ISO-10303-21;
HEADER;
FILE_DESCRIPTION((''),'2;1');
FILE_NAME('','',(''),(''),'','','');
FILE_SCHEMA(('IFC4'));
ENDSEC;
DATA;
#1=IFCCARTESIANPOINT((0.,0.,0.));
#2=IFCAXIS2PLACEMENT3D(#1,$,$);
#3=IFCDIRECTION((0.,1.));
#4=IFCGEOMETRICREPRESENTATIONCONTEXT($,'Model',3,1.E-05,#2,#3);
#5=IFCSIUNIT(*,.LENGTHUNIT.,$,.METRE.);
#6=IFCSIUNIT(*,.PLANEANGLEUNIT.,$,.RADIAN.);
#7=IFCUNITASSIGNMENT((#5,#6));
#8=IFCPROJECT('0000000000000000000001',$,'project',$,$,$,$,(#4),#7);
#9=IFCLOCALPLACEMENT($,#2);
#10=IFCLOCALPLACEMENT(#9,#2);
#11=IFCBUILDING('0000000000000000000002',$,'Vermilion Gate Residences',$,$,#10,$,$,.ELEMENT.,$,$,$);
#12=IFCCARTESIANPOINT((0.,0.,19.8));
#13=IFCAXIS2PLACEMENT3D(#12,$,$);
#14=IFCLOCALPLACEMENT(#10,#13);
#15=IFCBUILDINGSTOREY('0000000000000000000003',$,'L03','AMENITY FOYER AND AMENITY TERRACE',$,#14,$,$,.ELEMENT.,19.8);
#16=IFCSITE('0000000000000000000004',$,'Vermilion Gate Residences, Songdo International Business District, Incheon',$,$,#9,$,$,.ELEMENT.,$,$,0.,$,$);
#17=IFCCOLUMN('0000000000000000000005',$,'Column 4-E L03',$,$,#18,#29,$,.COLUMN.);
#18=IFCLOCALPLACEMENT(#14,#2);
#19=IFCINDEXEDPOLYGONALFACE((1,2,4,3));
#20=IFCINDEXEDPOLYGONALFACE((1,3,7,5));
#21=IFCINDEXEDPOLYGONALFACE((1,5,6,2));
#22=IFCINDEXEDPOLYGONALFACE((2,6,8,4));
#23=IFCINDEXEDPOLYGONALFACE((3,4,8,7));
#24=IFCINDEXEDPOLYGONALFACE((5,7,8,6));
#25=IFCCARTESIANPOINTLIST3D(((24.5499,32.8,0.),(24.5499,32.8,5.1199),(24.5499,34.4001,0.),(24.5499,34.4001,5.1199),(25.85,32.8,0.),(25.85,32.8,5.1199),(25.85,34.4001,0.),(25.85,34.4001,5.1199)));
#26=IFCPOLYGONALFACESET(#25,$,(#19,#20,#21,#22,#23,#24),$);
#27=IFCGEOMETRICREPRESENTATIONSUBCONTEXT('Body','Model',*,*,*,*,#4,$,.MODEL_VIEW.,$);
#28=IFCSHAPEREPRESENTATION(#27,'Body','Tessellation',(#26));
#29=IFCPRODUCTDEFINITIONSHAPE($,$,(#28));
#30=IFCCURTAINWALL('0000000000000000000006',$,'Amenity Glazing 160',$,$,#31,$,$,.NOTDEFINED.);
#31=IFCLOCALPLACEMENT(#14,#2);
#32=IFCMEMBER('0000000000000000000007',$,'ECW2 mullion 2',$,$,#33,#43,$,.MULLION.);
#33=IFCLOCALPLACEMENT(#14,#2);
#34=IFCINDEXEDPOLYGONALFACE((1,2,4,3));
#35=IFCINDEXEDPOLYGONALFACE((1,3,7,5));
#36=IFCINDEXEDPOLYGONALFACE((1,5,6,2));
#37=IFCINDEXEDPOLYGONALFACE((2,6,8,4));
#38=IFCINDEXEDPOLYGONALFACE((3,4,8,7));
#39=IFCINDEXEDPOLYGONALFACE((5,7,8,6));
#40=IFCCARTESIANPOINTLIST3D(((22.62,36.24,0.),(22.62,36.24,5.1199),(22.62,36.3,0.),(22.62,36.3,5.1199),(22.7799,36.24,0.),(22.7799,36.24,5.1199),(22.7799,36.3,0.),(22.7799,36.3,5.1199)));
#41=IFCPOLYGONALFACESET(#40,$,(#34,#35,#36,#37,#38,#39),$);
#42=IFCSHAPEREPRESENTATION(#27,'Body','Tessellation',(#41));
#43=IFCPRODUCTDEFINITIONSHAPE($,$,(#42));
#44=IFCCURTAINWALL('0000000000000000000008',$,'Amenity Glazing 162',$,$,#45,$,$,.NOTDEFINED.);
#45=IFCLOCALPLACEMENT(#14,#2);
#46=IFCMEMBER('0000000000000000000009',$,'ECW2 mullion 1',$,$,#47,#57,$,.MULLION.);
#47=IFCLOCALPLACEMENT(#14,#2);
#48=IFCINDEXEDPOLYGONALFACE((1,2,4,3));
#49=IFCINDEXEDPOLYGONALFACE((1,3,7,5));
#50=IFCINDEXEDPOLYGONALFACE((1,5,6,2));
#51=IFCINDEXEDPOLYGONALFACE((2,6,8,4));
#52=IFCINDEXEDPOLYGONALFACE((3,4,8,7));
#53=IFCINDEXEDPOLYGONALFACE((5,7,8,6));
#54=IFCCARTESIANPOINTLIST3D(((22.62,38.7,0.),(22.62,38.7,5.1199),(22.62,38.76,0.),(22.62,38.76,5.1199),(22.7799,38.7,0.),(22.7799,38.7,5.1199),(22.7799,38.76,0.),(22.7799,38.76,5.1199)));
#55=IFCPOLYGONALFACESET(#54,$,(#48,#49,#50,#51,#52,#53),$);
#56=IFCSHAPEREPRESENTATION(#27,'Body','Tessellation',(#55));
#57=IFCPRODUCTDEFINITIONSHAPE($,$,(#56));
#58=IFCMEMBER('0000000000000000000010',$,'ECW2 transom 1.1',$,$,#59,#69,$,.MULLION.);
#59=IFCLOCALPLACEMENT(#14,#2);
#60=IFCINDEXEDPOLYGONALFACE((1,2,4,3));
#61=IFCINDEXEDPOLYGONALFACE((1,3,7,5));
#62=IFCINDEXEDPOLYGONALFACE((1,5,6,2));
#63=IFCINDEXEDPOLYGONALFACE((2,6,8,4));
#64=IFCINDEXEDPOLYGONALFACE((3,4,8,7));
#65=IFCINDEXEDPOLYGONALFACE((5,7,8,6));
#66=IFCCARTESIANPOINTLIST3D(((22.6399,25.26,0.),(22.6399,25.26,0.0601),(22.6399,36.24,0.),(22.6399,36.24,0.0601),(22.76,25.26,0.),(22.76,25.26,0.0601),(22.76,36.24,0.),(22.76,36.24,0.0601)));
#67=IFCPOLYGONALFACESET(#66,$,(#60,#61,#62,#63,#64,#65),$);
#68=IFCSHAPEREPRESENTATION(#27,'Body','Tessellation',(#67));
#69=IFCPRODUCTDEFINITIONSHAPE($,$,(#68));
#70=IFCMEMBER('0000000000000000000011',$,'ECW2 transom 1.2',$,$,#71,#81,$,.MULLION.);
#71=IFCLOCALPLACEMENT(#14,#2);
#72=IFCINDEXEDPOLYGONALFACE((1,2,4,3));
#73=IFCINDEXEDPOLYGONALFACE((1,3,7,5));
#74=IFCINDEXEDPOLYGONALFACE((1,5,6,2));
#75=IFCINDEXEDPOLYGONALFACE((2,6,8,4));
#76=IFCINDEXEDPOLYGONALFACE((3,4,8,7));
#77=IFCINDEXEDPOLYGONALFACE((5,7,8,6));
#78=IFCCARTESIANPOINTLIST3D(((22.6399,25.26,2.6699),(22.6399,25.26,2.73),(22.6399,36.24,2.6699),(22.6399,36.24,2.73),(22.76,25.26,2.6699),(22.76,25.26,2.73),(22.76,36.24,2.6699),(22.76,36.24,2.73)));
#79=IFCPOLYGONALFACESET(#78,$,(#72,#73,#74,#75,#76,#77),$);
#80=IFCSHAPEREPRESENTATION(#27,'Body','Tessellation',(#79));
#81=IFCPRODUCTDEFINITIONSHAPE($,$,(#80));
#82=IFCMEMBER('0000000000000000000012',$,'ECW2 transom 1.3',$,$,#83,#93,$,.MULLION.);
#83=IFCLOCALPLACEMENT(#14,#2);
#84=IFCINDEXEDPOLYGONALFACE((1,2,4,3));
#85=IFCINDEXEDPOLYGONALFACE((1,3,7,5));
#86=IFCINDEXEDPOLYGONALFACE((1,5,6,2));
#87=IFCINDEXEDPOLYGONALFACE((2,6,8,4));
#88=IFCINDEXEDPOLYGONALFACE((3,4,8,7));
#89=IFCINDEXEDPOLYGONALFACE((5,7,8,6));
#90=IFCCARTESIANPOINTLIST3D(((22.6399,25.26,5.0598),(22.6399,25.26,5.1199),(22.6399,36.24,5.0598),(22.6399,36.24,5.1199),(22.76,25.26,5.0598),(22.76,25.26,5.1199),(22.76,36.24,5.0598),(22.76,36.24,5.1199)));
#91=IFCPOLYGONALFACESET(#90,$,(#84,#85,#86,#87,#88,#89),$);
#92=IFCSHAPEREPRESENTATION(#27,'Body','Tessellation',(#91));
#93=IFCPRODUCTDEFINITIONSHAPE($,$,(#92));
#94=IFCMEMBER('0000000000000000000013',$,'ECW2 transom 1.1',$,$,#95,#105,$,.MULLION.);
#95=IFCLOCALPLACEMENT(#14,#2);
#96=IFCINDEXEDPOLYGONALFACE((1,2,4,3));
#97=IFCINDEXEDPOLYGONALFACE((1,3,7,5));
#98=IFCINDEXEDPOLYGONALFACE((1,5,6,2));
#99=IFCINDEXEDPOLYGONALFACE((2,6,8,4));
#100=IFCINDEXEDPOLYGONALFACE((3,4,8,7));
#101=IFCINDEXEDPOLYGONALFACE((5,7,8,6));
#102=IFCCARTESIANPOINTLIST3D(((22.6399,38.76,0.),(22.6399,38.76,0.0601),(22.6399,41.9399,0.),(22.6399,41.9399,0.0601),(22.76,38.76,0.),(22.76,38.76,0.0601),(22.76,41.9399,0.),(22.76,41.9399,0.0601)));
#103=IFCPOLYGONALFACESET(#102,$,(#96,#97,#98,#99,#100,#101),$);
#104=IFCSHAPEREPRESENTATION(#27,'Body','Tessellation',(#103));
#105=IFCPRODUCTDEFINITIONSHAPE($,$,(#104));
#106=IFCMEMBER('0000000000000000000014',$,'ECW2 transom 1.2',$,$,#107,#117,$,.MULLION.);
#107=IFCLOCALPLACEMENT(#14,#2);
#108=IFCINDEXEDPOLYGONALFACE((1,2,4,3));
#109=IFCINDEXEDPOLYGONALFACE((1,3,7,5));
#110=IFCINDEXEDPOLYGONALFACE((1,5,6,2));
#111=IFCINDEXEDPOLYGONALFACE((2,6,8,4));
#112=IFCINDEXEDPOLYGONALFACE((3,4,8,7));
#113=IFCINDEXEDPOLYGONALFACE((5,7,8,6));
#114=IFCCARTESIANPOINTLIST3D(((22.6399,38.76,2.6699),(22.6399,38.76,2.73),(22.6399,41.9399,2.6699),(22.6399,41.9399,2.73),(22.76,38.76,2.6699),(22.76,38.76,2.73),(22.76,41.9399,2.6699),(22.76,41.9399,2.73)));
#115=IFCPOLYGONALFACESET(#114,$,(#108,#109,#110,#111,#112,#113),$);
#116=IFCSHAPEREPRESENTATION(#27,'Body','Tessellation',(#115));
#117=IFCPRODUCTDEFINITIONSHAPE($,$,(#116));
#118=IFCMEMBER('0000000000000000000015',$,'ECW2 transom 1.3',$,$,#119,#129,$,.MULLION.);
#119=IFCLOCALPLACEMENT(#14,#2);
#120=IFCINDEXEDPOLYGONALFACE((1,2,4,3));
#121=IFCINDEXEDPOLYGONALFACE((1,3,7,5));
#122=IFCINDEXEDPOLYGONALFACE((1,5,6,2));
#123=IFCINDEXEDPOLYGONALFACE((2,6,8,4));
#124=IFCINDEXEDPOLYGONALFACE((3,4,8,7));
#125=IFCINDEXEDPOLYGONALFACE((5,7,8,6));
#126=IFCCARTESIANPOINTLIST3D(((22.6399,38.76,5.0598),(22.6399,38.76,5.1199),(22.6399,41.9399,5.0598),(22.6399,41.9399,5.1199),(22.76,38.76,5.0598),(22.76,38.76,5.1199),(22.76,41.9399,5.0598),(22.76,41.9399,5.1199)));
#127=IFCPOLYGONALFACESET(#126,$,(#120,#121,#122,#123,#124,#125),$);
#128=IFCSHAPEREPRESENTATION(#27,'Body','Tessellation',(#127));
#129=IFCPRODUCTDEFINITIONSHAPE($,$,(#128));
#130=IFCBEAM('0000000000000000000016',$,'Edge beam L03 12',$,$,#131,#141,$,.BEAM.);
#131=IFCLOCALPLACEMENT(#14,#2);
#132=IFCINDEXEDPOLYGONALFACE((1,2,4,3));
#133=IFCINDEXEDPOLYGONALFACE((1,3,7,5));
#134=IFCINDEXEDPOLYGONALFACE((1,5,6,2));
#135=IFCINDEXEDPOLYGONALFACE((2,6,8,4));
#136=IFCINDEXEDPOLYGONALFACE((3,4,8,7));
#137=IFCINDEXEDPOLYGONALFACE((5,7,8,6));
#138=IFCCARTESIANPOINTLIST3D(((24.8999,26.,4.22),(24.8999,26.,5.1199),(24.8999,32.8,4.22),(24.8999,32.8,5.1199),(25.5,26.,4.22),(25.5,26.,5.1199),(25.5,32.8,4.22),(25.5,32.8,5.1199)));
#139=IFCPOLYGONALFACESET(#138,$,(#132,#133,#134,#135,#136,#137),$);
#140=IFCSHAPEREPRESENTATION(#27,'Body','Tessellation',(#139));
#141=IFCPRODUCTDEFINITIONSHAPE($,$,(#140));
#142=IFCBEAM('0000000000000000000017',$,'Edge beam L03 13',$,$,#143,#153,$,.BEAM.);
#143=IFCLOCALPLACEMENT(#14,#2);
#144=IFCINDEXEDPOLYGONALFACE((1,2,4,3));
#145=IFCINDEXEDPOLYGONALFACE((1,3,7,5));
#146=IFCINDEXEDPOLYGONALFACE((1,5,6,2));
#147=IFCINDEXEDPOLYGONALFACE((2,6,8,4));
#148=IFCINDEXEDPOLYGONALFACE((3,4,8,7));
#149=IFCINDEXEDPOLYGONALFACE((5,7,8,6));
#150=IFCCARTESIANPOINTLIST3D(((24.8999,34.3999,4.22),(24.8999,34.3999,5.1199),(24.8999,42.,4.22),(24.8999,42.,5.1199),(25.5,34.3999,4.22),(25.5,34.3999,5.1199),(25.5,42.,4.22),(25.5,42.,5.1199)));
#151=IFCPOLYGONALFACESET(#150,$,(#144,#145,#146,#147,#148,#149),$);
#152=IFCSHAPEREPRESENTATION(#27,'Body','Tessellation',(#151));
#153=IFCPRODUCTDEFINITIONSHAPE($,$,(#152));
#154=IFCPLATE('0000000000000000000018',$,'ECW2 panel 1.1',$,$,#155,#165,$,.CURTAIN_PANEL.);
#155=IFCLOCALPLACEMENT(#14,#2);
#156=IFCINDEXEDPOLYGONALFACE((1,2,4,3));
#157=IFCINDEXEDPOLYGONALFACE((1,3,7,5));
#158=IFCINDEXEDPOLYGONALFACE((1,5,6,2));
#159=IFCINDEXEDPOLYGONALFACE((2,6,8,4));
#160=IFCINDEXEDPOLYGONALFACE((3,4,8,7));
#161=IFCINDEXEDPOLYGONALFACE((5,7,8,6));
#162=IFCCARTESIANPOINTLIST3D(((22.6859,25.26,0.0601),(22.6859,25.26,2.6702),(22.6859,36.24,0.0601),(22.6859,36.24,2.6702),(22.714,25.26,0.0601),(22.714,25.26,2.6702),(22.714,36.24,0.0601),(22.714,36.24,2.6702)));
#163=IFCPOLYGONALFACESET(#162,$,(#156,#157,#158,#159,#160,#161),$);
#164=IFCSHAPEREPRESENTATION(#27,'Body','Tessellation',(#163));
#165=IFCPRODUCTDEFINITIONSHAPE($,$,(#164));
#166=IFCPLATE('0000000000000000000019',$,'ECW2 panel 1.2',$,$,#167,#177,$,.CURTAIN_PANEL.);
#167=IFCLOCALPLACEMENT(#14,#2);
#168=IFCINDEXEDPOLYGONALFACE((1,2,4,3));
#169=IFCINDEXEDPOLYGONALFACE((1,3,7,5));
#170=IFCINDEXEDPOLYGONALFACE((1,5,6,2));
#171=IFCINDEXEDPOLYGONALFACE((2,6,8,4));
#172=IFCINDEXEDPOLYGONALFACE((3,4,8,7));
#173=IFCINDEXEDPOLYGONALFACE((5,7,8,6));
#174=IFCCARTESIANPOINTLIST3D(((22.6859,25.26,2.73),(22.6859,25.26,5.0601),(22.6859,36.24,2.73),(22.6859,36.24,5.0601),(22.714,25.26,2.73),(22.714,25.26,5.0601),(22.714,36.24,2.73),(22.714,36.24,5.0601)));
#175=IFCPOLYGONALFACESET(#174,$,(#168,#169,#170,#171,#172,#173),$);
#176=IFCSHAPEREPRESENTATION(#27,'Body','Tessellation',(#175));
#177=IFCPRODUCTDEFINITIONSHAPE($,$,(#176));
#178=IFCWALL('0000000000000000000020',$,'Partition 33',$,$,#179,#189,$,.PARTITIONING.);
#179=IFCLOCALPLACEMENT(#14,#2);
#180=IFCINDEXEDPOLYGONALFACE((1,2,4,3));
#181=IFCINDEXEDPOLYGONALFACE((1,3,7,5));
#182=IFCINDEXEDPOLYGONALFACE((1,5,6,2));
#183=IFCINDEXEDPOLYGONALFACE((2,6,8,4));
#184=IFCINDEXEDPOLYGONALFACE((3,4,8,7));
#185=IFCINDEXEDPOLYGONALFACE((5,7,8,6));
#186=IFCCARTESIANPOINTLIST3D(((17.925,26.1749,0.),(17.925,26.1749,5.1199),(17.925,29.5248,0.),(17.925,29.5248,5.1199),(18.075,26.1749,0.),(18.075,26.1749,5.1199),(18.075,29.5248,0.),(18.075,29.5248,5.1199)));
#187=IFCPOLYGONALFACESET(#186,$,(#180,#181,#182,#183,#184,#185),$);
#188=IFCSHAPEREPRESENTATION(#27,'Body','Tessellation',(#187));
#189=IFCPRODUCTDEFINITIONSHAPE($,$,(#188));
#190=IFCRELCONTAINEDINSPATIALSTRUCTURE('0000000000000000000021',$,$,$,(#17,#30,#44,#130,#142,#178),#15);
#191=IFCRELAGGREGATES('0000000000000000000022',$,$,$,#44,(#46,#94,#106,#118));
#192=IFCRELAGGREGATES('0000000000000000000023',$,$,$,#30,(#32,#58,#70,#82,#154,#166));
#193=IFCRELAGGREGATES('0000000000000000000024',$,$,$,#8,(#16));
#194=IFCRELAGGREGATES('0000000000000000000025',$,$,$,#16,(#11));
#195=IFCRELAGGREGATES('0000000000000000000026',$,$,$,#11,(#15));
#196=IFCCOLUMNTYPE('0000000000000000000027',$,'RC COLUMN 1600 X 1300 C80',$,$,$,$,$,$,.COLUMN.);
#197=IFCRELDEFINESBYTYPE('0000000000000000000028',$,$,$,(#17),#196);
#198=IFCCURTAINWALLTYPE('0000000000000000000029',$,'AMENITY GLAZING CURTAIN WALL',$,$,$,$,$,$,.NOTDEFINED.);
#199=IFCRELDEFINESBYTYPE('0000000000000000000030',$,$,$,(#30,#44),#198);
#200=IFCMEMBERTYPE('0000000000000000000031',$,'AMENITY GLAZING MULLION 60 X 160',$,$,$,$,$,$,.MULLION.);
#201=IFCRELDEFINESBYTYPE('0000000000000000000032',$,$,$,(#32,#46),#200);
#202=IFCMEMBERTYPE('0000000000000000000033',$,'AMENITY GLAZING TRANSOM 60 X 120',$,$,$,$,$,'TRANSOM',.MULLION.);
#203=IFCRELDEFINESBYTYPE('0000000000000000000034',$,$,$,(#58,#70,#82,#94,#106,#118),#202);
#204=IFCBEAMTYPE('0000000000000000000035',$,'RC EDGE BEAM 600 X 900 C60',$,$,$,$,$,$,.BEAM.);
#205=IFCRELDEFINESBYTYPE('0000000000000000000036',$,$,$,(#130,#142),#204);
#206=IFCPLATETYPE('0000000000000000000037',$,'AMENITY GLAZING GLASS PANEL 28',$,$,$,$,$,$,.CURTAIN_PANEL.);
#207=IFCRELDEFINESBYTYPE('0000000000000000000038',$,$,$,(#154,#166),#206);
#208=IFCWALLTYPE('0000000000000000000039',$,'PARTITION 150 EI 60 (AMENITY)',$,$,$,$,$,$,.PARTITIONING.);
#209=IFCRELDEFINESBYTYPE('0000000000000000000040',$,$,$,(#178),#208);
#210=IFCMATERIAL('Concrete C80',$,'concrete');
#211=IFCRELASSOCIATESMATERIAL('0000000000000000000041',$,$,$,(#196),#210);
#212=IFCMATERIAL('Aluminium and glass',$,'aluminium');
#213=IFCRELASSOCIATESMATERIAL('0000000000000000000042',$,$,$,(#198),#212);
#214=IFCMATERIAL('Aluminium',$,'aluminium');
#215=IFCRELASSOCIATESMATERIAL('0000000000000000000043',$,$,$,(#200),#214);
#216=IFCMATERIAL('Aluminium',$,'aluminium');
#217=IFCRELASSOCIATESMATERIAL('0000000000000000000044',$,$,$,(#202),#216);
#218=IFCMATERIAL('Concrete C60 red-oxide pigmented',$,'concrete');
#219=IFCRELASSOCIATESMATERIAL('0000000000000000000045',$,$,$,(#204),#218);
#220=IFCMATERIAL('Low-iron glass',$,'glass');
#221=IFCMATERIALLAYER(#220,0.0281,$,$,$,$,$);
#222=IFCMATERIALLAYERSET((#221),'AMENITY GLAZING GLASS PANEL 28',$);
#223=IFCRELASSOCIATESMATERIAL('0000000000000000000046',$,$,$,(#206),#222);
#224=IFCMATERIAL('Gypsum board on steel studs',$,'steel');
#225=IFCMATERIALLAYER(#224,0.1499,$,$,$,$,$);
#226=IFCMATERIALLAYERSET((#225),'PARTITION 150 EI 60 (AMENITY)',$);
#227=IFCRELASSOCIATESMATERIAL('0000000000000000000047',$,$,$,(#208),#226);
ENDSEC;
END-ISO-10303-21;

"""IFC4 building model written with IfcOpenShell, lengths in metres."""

from ifc_helpers import new_model, si_unit, direction, frame, frame_2d, origin, origin_2d, place, context, subcontext, project, spatial, rectangle, extrude, material, layer, layer_set, material_profile, profile_set, type_object, element, aggregate, save


model = new_model("IFC4")

# Units and contexts
model_context = context("Model", 3, precision=1e-05, world=origin(), true_north=direction((0.0, 1.0)))
body_context = subcontext(model_context, "Body", "Model", "MODEL_VIEW")
ifc_project = project(units=[si_unit("LENGTHUNIT", "METRE"), si_unit("PLANEANGLEUNIT", "RADIAN")], contexts=[model_context])

# Site, building, storey
site_placement = place(None, origin())
site = spatial("IfcSite", under=ifc_project, at=site_placement, Name="Vermilion Gate Residences, Songdo International Business District, Incheon", CompositionType="ELEMENT", RefElevation=0.0)
building_placement = place(site_placement, origin())
building = spatial("IfcBuilding", under=site, at=building_placement, Name="Vermilion Gate Residences", CompositionType="ELEMENT")
storey_placement = place(building_placement, frame((0.0, 0.0, 19.8)))
storey = spatial("IfcBuildingStorey", under=building, at=storey_placement, Name="L03", Description="AMENITY FOYER AND AMENITY TERRACE", CompositionType="ELEMENT", Elevation=19.8)

# Column
ifc_material_1 = material(Name="Concrete C80", Category="concrete")
ifc_material_profile_1 = material_profile(ifc_material_1, rectangle(XDim=1.6001, YDim=1.3, at=origin_2d()), Name="RC-1600x1300")
ifc_profile_set_1 = profile_set([ifc_material_profile_1], Name="Concrete C80")
column_type = type_object("IfcColumnType", Name="RC COLUMN 1600 X 1300 C80", PredefinedType="COLUMN", material=ifc_profile_set_1)
column_placement = place(storey_placement, frame((25.2, 33.6001, 0.0), z_axis=(0.0, 0.0, 1.0), x_axis=(0.0, 1.0, 0.0)))
element("IfcColumn", 1, at=column_placement, inside=storey, type_object=column_type, Name="Column 4-E L03", PredefinedType="COLUMN", context=body_context, shape_type="SweptSolid", body=[
    extrude(rectangle(XDim=1.6001, YDim=1.3, at=origin_2d()), origin(), (0.0, 0.0, 1.0), 5.1199),
])

# Curtain walls, members
ifc_material_2 = material(Name="Aluminium and glass", Category="aluminium")
curtain_wall_type = type_object("IfcCurtainWallType", Name="AMENITY GLAZING CURTAIN WALL", PredefinedType="NOTDEFINED", material=ifc_material_2)
curtain_wall_1_placement = place(storey_placement, origin())
curtain_wall_1 = element("IfcCurtainWall", 2, at=curtain_wall_1_placement, inside=storey, type_object=curtain_wall_type, Name="Amenity Glazing 160", PredefinedType="NOTDEFINED")
ifc_material_3 = material(Name="Aluminium", Category="aluminium")
ifc_material_profile_2 = material_profile(ifc_material_3, rectangle(XDim=0.1599, YDim=0.0601, at=origin_2d()), Name="MULLION 60 X 160")
ifc_profile_set_2 = profile_set([ifc_material_profile_2], Name="Aluminium")
member_type_1 = type_object("IfcMemberType", Name="AMENITY GLAZING MULLION 60 X 160", PredefinedType="MULLION", material=ifc_profile_set_2)
member_1_placement = place(storey_placement, frame((22.7, 36.27, 0.0), z_axis=(0.0, 0.0, 1.0), x_axis=(-1.0, 0.0, 0.0)))
member_1 = element("IfcMember", 3, at=member_1_placement, type_object=member_type_1, Name="ECW2 mullion 2", PredefinedType="MULLION", context=body_context, shape_type="SweptSolid", body=[
    extrude(rectangle(XDim=0.1599, YDim=0.0601, at=origin_2d()), origin(), (0.0, 0.0, 1.0), 5.1199),
])
curtain_wall_2_placement = place(storey_placement, origin())
curtain_wall_2 = element("IfcCurtainWall", 4, at=curtain_wall_2_placement, inside=storey, type_object=curtain_wall_type, Name="Amenity Glazing 162", PredefinedType="NOTDEFINED")
member_2_placement = place(storey_placement, frame((22.7, 38.73, 0.0), z_axis=(0.0, 0.0, 1.0), x_axis=(-1.0, 0.0, 0.0)))
member_2 = element("IfcMember", 5, at=member_2_placement, type_object=member_type_1, Name="ECW2 mullion 1", PredefinedType="MULLION", context=body_context, shape_type="SweptSolid", body=[
    extrude(rectangle(XDim=0.1599, YDim=0.0601, at=origin_2d()), origin(), (0.0, 0.0, 1.0), 5.1199),
])

# Members
ifc_material_4 = material(Name="Aluminium", Category="aluminium")
ifc_material_profile_3 = material_profile(ifc_material_4, rectangle(XDim=0.1201, YDim=0.0601, at=origin_2d()), Name="TRANSOM 60 X 120")
ifc_profile_set_3 = profile_set([ifc_material_profile_3], Name="Aluminium")
member_type_2 = type_object("IfcMemberType", Name="AMENITY GLAZING TRANSOM 60 X 120", ElementType="TRANSOM", PredefinedType="MULLION", material=ifc_profile_set_3)
member_3_placement = place(storey_placement, frame((22.7, 25.26, 0.03), z_axis=(0.0, 1.0, 0.0), x_axis=(-1.0, 0.0, 0.0)))
member_3 = element("IfcMember", 6, at=member_3_placement, type_object=member_type_2, Name="ECW2 transom 1.1", PredefinedType="MULLION", context=body_context, shape_type="SweptSolid", body=[
    extrude(rectangle(XDim=0.1201, YDim=0.0601, at=origin_2d()), origin(), (0.0, 0.0, 1.0), 10.98),
])
member_4_placement = place(storey_placement, frame((22.7, 25.26, 2.7), z_axis=(0.0, 1.0, 0.0), x_axis=(-1.0, 0.0, 0.0)))
member_4 = element("IfcMember", 7, at=member_4_placement, type_object=member_type_2, Name="ECW2 transom 1.2", PredefinedType="MULLION", context=body_context, shape_type="SweptSolid", body=[
    extrude(rectangle(XDim=0.1201, YDim=0.0601, at=origin_2d()), origin(), (0.0, 0.0, 1.0), 10.98),
])
member_5_placement = place(storey_placement, frame((22.7, 25.26, 5.0898), z_axis=(0.0, 1.0, 0.0), x_axis=(-1.0, 0.0, 0.0)))
member_5 = element("IfcMember", 8, at=member_5_placement, type_object=member_type_2, Name="ECW2 transom 1.3", PredefinedType="MULLION", context=body_context, shape_type="SweptSolid", body=[
    extrude(rectangle(XDim=0.1201, YDim=0.0601, at=origin_2d()), origin(), (0.0, 0.0, 1.0), 10.98),
])
member_6_placement = place(storey_placement, frame((22.7, 38.76, 0.03), z_axis=(0.0, 1.0, 0.0), x_axis=(-1.0, 0.0, 0.0)))
member_6 = element("IfcMember", 9, at=member_6_placement, type_object=member_type_2, Name="ECW2 transom 1.1", PredefinedType="MULLION", context=body_context, shape_type="SweptSolid", body=[
    extrude(rectangle(XDim=0.1201, YDim=0.0601, at=origin_2d()), origin(), (0.0, 0.0, 1.0), 3.1799),
])
member_7_placement = place(storey_placement, frame((22.7, 38.76, 2.7), z_axis=(0.0, 1.0, 0.0), x_axis=(-1.0, 0.0, 0.0)))
member_7 = element("IfcMember", 10, at=member_7_placement, type_object=member_type_2, Name="ECW2 transom 1.2", PredefinedType="MULLION", context=body_context, shape_type="SweptSolid", body=[
    extrude(rectangle(XDim=0.1201, YDim=0.0601, at=origin_2d()), origin(), (0.0, 0.0, 1.0), 3.1799),
])
member_8_placement = place(storey_placement, frame((22.7, 38.76, 5.0898), z_axis=(0.0, 1.0, 0.0), x_axis=(-1.0, 0.0, 0.0)))
member_8 = element("IfcMember", 11, at=member_8_placement, type_object=member_type_2, Name="ECW2 transom 1.3", PredefinedType="MULLION", context=body_context, shape_type="SweptSolid", body=[
    extrude(rectangle(XDim=0.1201, YDim=0.0601, at=origin_2d()), origin(), (0.0, 0.0, 1.0), 3.1799),
])
aggregate(curtain_wall_2, [member_2, member_6, member_7, member_8])

# Beams
ifc_material_5 = material(Name="Concrete C60 red-oxide pigmented", Category="concrete")
ifc_material_profile_4 = material_profile(ifc_material_5, rectangle(XDim=0.6001, YDim=0.8999, at=origin_2d()), Name="RC-600x900")
ifc_profile_set_4 = profile_set([ifc_material_profile_4], Name="Concrete C60 red-oxide pigmented")
beam_type = type_object("IfcBeamType", Name="RC EDGE BEAM 600 X 900 C60", PredefinedType="BEAM", material=ifc_profile_set_4)
beam_1_placement = place(storey_placement, frame((25.2, 26.0, 4.6699), z_axis=(0.0, 1.0, 0.0), x_axis=(-1.0, 0.0, 0.0)))
element("IfcBeam", 12, at=beam_1_placement, inside=storey, type_object=beam_type, Name="Edge beam L03 12", PredefinedType="BEAM", context=body_context, shape_type="SweptSolid", body=[
    extrude(rectangle(XDim=0.6001, YDim=0.8999, at=origin_2d()), origin(), (0.0, 0.0, 1.0), 6.8),
])
beam_2_placement = place(storey_placement, frame((25.2, 34.3999, 4.6699), z_axis=(0.0, 1.0, 0.0), x_axis=(-1.0, 0.0, 0.0)))
element("IfcBeam", 13, at=beam_2_placement, inside=storey, type_object=beam_type, Name="Edge beam L03 13", PredefinedType="BEAM", context=body_context, shape_type="SweptSolid", body=[
    extrude(rectangle(XDim=0.6001, YDim=0.8999, at=origin_2d()), origin(), (0.0, 0.0, 1.0), 7.6001),
])

# Plates
ifc_material_6 = material(Name="Low-iron glass", Category="glass")
ifc_layer_1 = layer(ifc_material_6, 0.0281)
ifc_layer_set_1 = layer_set([ifc_layer_1], Name="AMENITY GLAZING GLASS PANEL 28")
plate_type = type_object("IfcPlateType", Name="AMENITY GLAZING GLASS PANEL 28", PredefinedType="CURTAIN_PANEL", material=ifc_layer_set_1)
plate_1_placement = place(storey_placement, frame((22.7, 30.75, 0.0601), z_axis=(0.0, 0.0, 1.0), x_axis=(0.0, 1.0, 0.0)))
plate_1 = element("IfcPlate", 14, at=plate_1_placement, type_object=plate_type, Name="ECW2 panel 1.1", PredefinedType="CURTAIN_PANEL", context=body_context, shape_type="SweptSolid", body=[
    extrude(rectangle(XDim=10.98, YDim=0.0281, at=origin_2d()), origin(), (0.0, 0.0, 1.0), 2.6101),
])
plate_2_placement = place(storey_placement, frame((22.7, 30.75, 2.73), z_axis=(0.0, 0.0, 1.0), x_axis=(0.0, 1.0, 0.0)))
plate_2 = element("IfcPlate", 15, at=plate_2_placement, type_object=plate_type, Name="ECW2 panel 1.2", PredefinedType="CURTAIN_PANEL", context=body_context, shape_type="SweptSolid", body=[
    extrude(rectangle(XDim=10.98, YDim=0.0281, at=origin_2d()), origin(), (0.0, 0.0, 1.0), 2.3301),
])
aggregate(curtain_wall_1, [member_1, member_3, member_4, member_5, plate_1, plate_2])

# Wall
ifc_material_7 = material(Name="Gypsum board on steel studs", Category="steel")
ifc_layer_2 = layer(ifc_material_7, 0.1499)
ifc_layer_set_2 = layer_set([ifc_layer_2], Name="PARTITION 150 EI 60 (AMENITY)")
wall_type_1 = type_object("IfcWallType", Name="PARTITION 150 EI 60 (AMENITY)", PredefinedType="PARTITIONING", material=ifc_layer_set_2)
wall_1_placement = place(storey_placement, frame((18.0, 26.175, 0.0), z_axis=(0.0, 0.0, 1.0), x_axis=(0.0, 1.0, 0.0)))
element("IfcWall", 16, at=wall_1_placement, inside=storey, type_object=wall_type_1, Name="Partition 33", PredefinedType="PARTITIONING", context=body_context, shape_type="SweptSolid", body=[
    extrude(rectangle(XDim=3.3499, YDim=0.1499, at=frame_2d((1.6748, 0.0))), origin(), (0.0, 0.0, 1.0), 5.1199),
])

save(model, "model.ifc")
